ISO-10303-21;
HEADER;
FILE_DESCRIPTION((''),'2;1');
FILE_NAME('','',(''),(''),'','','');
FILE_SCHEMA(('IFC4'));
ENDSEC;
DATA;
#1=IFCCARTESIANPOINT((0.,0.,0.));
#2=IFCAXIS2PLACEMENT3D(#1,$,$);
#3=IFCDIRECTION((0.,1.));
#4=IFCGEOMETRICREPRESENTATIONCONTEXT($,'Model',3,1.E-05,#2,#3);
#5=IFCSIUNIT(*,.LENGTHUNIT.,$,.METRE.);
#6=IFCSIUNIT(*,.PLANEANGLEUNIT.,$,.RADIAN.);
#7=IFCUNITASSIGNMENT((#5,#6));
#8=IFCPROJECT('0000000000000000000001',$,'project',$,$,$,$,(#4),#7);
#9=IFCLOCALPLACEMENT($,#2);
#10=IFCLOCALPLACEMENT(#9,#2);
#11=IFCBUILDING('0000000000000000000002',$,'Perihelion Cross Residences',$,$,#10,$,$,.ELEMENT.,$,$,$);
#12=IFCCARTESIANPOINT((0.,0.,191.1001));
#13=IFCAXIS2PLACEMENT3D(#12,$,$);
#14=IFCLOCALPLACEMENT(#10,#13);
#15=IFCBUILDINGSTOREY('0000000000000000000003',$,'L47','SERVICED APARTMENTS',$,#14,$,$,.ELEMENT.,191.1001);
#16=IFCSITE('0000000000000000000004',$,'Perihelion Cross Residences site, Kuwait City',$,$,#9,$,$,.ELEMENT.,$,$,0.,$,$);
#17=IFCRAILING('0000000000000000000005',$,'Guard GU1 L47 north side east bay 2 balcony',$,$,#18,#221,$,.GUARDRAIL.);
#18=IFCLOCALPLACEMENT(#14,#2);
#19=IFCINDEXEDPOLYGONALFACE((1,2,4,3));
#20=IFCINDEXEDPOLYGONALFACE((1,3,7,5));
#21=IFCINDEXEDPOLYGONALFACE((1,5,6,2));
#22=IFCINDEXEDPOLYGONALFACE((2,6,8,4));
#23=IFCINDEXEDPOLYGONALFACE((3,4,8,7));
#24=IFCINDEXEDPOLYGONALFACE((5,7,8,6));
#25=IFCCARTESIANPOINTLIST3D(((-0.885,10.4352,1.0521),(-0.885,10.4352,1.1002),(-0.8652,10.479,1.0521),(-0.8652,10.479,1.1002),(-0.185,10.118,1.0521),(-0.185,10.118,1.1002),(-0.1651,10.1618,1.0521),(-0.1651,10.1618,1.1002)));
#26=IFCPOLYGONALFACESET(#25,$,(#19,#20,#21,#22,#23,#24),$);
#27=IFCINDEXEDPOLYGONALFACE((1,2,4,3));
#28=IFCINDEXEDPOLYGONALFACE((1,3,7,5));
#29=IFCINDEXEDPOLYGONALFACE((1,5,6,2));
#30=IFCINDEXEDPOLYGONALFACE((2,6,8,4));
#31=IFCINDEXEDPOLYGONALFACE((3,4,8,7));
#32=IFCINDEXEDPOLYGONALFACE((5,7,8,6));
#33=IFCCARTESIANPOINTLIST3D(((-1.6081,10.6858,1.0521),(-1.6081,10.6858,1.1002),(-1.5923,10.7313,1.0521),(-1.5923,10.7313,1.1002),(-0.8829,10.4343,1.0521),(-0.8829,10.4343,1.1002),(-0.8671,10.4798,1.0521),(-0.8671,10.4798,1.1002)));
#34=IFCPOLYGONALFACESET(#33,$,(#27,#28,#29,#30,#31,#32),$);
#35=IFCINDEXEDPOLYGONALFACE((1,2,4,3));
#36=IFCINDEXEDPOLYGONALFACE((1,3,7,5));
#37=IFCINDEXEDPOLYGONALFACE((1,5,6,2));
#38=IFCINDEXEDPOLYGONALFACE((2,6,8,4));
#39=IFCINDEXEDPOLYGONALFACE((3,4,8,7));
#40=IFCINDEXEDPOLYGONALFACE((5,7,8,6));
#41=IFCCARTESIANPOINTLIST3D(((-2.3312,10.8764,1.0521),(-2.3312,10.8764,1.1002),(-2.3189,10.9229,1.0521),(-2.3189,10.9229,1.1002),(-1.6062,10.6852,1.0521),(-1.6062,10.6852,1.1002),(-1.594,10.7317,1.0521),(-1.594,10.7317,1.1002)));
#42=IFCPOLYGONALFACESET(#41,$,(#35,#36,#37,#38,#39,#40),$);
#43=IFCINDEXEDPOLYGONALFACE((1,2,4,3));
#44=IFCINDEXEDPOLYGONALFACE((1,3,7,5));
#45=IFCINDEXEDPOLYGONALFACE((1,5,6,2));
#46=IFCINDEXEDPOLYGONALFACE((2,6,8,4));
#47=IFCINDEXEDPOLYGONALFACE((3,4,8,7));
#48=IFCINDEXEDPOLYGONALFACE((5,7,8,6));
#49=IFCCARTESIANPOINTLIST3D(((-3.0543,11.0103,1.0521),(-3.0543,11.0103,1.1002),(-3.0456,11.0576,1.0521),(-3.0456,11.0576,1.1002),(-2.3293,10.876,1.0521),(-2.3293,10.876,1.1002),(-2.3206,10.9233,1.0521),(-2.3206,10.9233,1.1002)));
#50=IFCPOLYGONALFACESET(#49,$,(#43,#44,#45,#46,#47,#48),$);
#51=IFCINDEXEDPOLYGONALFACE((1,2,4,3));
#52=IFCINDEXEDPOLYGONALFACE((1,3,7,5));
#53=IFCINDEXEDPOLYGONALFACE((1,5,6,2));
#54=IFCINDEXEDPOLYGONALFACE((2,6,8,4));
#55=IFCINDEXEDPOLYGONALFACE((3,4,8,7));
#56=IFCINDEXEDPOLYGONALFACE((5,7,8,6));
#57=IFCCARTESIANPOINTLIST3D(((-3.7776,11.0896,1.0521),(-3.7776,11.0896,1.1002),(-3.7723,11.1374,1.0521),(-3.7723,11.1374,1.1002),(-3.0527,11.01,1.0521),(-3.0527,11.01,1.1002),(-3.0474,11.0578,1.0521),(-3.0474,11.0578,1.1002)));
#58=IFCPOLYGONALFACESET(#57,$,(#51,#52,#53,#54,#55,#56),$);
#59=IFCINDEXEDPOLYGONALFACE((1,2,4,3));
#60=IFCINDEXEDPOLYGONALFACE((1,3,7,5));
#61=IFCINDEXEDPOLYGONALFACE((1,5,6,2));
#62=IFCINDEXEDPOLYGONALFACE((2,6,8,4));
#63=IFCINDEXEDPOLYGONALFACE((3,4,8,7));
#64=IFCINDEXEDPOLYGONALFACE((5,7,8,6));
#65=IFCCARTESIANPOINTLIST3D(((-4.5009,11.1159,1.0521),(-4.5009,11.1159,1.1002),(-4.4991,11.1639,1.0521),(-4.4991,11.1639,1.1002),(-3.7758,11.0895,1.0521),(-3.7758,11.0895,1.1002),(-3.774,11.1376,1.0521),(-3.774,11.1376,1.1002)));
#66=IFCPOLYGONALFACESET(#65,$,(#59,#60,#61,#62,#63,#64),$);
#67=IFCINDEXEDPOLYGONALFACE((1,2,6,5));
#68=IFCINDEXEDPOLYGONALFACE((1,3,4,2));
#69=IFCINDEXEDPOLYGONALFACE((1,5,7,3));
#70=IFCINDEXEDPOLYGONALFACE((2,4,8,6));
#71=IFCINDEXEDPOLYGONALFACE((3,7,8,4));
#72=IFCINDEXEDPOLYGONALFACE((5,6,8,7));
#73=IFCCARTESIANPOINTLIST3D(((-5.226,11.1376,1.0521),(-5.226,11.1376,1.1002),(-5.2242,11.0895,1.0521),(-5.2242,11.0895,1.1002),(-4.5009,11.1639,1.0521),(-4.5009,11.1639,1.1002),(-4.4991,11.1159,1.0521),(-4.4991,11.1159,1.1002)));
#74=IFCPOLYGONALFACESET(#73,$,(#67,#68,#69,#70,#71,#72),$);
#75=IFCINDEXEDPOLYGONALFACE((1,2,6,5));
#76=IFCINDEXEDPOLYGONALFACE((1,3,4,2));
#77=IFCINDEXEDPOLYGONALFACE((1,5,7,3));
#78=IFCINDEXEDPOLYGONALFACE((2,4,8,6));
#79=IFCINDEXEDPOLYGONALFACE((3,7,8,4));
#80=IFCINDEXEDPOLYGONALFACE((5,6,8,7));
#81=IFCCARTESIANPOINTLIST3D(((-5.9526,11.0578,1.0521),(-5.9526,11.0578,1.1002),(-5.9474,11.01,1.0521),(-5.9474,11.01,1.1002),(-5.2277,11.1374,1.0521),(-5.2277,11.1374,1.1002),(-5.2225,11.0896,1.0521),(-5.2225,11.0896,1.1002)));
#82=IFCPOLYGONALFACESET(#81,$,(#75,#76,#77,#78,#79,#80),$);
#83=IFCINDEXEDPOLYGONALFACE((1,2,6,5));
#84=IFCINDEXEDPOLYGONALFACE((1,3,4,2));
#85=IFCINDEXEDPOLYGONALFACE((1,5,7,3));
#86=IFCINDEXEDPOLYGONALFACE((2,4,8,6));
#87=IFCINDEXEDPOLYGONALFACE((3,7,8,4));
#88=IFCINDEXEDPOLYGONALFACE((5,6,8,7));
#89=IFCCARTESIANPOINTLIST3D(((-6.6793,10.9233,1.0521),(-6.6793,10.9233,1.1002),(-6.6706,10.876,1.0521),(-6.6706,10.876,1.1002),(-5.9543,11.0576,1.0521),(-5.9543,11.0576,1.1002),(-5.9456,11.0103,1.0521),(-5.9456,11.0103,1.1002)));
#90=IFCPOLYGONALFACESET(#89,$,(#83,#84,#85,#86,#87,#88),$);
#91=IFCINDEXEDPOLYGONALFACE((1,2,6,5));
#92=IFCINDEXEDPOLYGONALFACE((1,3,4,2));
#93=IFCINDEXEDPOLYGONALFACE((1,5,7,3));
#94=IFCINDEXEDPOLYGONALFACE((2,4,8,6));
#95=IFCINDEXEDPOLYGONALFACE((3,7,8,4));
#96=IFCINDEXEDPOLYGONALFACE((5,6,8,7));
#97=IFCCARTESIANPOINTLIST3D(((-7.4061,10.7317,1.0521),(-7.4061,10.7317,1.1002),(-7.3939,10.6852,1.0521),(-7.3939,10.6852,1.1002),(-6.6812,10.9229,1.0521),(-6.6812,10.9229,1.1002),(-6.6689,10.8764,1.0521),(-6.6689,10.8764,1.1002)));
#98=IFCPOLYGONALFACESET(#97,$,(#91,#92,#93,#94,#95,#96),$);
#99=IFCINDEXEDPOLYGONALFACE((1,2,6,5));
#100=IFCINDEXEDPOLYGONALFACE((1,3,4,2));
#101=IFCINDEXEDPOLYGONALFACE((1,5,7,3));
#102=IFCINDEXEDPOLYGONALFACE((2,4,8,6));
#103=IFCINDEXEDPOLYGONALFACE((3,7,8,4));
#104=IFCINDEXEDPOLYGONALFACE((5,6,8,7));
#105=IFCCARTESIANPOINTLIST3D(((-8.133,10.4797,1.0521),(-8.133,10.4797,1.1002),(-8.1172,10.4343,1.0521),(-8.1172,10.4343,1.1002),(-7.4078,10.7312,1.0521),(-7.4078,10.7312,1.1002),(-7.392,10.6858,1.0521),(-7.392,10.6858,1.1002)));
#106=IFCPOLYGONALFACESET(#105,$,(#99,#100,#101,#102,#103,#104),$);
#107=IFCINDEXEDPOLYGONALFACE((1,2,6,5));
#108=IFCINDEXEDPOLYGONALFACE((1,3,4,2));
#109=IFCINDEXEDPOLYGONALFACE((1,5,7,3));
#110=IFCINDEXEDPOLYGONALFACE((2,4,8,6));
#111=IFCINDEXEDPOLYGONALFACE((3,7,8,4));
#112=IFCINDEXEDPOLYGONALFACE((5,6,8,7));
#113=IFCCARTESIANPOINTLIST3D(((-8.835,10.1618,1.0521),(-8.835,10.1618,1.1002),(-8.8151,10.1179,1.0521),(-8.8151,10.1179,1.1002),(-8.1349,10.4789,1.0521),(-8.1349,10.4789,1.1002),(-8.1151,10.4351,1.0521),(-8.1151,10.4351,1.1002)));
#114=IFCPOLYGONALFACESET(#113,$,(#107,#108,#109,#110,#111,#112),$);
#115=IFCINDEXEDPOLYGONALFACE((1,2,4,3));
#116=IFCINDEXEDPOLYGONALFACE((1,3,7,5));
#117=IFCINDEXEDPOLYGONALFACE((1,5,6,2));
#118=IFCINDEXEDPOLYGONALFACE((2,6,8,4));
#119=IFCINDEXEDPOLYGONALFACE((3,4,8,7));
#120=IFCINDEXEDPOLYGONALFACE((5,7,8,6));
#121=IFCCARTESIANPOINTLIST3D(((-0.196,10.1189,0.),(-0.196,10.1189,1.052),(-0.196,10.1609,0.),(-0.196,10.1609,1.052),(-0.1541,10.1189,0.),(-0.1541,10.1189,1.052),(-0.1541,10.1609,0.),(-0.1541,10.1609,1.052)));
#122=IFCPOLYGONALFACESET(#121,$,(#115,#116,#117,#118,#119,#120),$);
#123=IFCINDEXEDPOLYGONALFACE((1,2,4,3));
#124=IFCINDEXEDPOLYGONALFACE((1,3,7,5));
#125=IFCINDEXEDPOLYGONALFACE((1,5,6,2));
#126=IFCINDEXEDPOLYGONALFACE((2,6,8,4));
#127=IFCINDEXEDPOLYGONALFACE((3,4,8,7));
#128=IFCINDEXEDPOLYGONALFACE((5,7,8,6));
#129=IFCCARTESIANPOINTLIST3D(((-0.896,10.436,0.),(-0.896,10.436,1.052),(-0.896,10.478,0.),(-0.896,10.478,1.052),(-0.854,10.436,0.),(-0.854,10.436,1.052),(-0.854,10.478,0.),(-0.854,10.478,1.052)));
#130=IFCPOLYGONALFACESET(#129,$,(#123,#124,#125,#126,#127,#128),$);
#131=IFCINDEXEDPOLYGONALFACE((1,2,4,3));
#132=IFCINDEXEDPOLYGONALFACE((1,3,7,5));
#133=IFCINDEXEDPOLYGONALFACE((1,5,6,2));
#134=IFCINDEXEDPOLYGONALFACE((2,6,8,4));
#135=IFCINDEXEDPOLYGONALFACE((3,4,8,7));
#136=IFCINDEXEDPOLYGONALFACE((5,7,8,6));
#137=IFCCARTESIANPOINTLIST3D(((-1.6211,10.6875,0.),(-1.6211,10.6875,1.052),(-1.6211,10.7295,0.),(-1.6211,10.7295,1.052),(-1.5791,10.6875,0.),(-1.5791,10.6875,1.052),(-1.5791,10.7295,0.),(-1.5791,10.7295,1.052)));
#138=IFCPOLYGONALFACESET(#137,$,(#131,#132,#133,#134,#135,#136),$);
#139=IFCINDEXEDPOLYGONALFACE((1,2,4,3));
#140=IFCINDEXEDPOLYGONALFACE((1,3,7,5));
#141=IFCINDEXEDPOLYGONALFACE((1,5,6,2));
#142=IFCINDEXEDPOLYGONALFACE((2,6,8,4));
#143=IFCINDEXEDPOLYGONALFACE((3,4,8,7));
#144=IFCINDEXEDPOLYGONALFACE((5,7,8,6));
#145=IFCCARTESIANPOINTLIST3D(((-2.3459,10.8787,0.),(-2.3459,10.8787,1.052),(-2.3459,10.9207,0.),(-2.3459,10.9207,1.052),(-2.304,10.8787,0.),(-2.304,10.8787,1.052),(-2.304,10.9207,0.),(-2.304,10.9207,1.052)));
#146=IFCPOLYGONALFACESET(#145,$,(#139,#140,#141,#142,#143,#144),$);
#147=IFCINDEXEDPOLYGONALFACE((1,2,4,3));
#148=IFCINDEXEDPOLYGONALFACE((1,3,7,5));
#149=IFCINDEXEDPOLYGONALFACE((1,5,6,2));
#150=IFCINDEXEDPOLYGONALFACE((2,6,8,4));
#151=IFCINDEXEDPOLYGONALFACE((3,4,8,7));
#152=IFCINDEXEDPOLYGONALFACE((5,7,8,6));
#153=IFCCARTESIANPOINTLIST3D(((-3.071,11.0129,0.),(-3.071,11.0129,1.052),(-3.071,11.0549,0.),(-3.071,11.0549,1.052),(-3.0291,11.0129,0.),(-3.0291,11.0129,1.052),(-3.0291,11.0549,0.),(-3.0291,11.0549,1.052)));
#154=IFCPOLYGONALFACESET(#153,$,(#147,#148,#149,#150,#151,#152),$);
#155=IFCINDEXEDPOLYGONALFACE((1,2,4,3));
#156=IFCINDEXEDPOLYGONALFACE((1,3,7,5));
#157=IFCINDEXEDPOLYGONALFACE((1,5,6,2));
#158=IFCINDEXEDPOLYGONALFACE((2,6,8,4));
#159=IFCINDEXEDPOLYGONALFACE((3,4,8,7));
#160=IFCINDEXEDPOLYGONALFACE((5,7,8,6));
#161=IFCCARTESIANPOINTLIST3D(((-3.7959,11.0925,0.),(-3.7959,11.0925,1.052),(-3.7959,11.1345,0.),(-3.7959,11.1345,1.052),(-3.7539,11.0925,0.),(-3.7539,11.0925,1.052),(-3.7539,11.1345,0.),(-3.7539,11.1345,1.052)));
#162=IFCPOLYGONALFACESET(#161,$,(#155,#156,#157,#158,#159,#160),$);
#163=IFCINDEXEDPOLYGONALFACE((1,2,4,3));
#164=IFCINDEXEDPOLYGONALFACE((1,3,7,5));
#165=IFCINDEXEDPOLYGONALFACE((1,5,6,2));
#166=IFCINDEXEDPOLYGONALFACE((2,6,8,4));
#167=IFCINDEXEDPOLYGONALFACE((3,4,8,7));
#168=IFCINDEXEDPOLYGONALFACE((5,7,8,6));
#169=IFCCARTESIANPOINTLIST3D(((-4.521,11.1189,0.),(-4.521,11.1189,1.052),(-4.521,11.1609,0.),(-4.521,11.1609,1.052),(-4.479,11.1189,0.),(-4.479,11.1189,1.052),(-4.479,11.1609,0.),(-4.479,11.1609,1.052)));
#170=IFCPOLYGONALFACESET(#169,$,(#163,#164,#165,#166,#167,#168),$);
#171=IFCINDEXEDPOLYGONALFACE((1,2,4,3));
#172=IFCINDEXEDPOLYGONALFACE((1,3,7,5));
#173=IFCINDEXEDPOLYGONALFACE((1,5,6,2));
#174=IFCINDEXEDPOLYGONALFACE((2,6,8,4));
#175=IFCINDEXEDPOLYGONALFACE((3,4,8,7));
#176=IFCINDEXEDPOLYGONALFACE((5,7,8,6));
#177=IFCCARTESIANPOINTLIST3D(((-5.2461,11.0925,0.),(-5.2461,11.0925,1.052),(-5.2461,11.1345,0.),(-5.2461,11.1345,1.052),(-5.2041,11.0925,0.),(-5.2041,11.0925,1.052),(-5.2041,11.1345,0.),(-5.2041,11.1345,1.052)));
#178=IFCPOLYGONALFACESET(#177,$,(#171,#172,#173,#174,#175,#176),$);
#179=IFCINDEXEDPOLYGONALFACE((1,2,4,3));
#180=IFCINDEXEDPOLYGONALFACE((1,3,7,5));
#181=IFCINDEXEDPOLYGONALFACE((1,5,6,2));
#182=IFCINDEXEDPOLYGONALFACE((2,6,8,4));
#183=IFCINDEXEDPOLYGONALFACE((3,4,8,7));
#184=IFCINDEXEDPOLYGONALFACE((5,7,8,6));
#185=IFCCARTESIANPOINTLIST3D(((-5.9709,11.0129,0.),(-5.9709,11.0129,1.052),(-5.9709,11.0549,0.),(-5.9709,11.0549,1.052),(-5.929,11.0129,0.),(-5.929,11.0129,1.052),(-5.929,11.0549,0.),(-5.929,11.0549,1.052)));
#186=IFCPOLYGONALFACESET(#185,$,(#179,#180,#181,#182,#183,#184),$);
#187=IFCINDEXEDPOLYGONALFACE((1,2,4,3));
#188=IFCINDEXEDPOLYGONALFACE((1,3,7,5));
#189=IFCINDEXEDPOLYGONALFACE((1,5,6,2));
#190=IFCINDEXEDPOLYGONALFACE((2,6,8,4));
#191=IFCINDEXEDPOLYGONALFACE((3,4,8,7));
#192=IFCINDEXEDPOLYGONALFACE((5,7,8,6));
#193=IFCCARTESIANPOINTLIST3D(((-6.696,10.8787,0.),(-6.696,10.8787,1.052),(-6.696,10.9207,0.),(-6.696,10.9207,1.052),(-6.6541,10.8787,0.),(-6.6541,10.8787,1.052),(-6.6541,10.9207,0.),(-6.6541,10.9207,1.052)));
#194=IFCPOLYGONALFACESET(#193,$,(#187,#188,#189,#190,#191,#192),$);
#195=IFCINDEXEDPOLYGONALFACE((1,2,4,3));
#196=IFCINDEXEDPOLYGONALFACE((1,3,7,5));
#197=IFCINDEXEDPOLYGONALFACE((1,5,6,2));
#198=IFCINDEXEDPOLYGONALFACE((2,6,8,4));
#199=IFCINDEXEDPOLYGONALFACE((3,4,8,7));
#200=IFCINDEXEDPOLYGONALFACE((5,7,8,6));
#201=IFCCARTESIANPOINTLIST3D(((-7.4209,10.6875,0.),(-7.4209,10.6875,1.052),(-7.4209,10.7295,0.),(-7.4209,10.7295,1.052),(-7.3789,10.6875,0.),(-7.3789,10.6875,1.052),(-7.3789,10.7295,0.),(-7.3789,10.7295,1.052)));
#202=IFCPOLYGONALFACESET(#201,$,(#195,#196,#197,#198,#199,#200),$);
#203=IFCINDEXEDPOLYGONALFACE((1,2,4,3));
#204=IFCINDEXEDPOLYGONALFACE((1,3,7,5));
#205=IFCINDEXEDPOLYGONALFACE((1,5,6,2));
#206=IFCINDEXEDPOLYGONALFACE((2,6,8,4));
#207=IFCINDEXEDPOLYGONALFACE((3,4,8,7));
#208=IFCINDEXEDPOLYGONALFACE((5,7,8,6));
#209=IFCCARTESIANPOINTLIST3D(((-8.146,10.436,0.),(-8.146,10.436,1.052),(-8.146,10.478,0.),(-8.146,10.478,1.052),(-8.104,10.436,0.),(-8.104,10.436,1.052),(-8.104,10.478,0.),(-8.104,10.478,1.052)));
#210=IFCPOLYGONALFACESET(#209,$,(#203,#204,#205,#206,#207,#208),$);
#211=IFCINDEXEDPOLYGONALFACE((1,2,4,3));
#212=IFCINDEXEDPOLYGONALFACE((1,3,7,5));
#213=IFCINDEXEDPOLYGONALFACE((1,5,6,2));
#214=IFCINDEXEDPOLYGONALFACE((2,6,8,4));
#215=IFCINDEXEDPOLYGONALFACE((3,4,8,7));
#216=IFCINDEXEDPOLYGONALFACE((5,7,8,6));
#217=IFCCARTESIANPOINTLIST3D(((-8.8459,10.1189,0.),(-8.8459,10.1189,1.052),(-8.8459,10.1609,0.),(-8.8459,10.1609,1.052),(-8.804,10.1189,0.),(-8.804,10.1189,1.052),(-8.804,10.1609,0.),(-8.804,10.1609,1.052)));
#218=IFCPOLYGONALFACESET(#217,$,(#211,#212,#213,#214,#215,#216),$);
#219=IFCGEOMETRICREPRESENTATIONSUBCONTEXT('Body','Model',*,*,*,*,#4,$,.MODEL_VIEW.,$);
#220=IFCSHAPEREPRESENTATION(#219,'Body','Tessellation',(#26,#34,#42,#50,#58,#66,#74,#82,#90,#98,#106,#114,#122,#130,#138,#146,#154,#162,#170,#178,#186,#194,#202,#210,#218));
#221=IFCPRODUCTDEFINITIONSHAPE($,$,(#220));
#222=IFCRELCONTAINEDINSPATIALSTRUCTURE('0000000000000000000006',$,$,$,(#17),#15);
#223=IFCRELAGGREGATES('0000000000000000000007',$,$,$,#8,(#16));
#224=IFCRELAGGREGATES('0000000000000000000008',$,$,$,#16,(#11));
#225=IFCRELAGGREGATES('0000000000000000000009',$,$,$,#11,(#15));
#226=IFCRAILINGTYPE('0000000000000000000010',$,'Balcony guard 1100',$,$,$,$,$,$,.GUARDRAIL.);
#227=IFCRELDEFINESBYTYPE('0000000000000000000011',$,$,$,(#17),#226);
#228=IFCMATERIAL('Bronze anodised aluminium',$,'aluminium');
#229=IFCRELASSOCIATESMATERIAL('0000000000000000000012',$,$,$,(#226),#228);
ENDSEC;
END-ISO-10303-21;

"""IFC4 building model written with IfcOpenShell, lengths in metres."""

from ifc_helpers import new_model, si_unit, direction, frame, origin, origin_2d, place, context, subcontext, project, spatial, rectangle, extrude, material, type_object, element, save


model = new_model("IFC4")

# Units and contexts
model_context = context("Model", 3, precision=1e-05, world=origin(), true_north=direction((0.0, 1.0)))
body_context = subcontext(model_context, "Body", "Model", "MODEL_VIEW")
ifc_project = project(units=[si_unit("LENGTHUNIT", "METRE"), si_unit("PLANEANGLEUNIT", "RADIAN")], contexts=[model_context])

# Site, building, storey
site_placement = place(None, origin())
site = spatial("IfcSite", under=ifc_project, at=site_placement, Name="Perihelion Cross Residences site, Kuwait City", CompositionType="ELEMENT", RefElevation=0.0)
building_placement = place(site_placement, origin())
building = spatial("IfcBuilding", under=site, at=building_placement, Name="Perihelion Cross Residences", CompositionType="ELEMENT")
storey_placement = place(building_placement, frame((0.0, 0.0, 191.1001)))
storey = spatial("IfcBuildingStorey", under=building, at=storey_placement, Name="L47", Description="SERVICED APARTMENTS", CompositionType="ELEMENT", Elevation=191.1001)

# Railing
ifc_material_1 = material(Name="Bronze anodised aluminium", Category="aluminium")
railing_type = type_object("IfcRailingType", Name="Balcony guard 1100", PredefinedType="GUARDRAIL", material=ifc_material_1)
railing_1_placement = place(storey_placement, frame((-0.175, 10.1399, 0.0)))
element("IfcRailing", 1, at=railing_1_placement, inside=storey, type_object=railing_type, Name="Guard GU1 L47 north side east bay 2 balcony", PredefinedType="GUARDRAIL", context=body_context, shape_type="SweptSolid", body=[
    extrude(rectangle(XDim=0.0481, YDim=0.0481, at=origin_2d()), frame((0.0, 0.0, 1.0762), z_axis=(-0.910866, 0.412702, 0.0), x_axis=(-0.412702, -0.910866, 0.0)), (0.0, 0.0, 1.0), 0.7686),
    extrude(rectangle(XDim=0.0481, YDim=0.0481, at=origin_2d()), frame((-0.7, 0.3171, 1.0762), z_axis=(-0.944797, 0.327657, 0.0), x_axis=(-0.327657, -0.944797, 0.0)), (0.0, 0.0, 1.0), 0.7676),
    extrude(rectangle(XDim=0.0481, YDim=0.0481, at=origin_2d()), frame((-1.425, 0.5686, 1.0762), z_axis=(-0.966939, 0.255006, 0.0), x_axis=(-0.255006, -0.966939, 0.0)), (0.0, 0.0, 1.0), 0.7498),
    extrude(rectangle(XDim=0.0481, YDim=0.0481, at=origin_2d()), frame((-2.1499, 0.7598, 1.0762), z_axis=(-0.983282, 0.182089, 0.0), x_axis=(-0.182089, -0.983282, 0.0)), (0.0, 0.0, 1.0), 0.7373),
    extrude(rectangle(XDim=0.0481, YDim=0.0481, at=origin_2d()), frame((-2.875, 0.894, 1.0762), z_axis=(-0.994026, 0.109145, 0.0), x_axis=(-0.109145, -0.994026, 0.0)), (0.0, 0.0, 1.0), 0.7292),
    extrude(rectangle(XDim=0.0481, YDim=0.0481, at=origin_2d()), frame((-3.5999, 0.9736, 1.0762), z_axis=(-0.999339, 0.03634, 0.0), x_axis=(-0.03634, -0.999339, 0.0)), (0.0, 0.0, 1.0), 0.7256),
    extrude(rectangle(XDim=0.0481, YDim=0.0481, at=origin_2d()), frame((-4.325, 1.0, 1.0762), z_axis=(-0.999339, -0.03634, 0.0), x_axis=(0.03634, -0.999339, 0.0)), (0.0, 0.0, 1.0), 0.7256),
    extrude(rectangle(XDim=0.0481, YDim=0.0481, at=origin_2d()), frame((-5.05, 0.9736, 1.0762), z_axis=(-0.994026, -0.109145, 0.0), x_axis=(0.109145, -0.994026, 0.0)), (0.0, 0.0, 1.0), 0.7292),
    extrude(rectangle(XDim=0.0481, YDim=0.0481, at=origin_2d()), frame((-5.7749, 0.894, 1.0762), z_axis=(-0.983282, -0.182089, 0.0), x_axis=(0.182089, -0.983282, 0.0)), (0.0, 0.0, 1.0), 0.7373),
    extrude(rectangle(XDim=0.0481, YDim=0.0481, at=origin_2d()), frame((-6.5, 0.7598, 1.0762), z_axis=(-0.966939, -0.255006, 0.0), x_axis=(0.255006, -0.966939, 0.0)), (0.0, 0.0, 1.0), 0.7498),
    extrude(rectangle(XDim=0.0481, YDim=0.0481, at=origin_2d()), frame((-7.2249, 0.5686, 1.0762), z_axis=(-0.944797, -0.327657, 0.0), x_axis=(0.327657, -0.944797, 0.0)), (0.0, 0.0, 1.0), 0.7676),
    extrude(rectangle(XDim=0.0481, YDim=0.0481, at=origin_2d()), frame((-7.95, 0.3171, 1.0762), z_axis=(-0.910866, -0.412702, 0.0), x_axis=(0.412702, -0.910866, 0.0)), (0.0, 0.0, 1.0), 0.7686),
    extrude(rectangle(XDim=0.042, YDim=0.042, at=origin_2d()), origin(), (0.0, 0.0, 1.0), 1.052),
    extrude(rectangle(XDim=0.042, YDim=0.042, at=origin_2d()), frame((-0.7, 0.3171, 0.0)), (0.0, 0.0, 1.0), 1.052),
    extrude(rectangle(XDim=0.042, YDim=0.042, at=origin_2d()), frame((-1.425, 0.5686, 0.0)), (0.0, 0.0, 1.0), 1.052),
    extrude(rectangle(XDim=0.042, YDim=0.042, at=origin_2d()), frame((-2.1499, 0.7598, 0.0)), (0.0, 0.0, 1.0), 1.052),
    extrude(rectangle(XDim=0.042, YDim=0.042, at=origin_2d()), frame((-2.875, 0.894, 0.0)), (0.0, 0.0, 1.0), 1.052),
    extrude(rectangle(XDim=0.042, YDim=0.042, at=origin_2d()), frame((-3.5999, 0.9736, 0.0)), (0.0, 0.0, 1.0), 1.052),
    extrude(rectangle(XDim=0.042, YDim=0.042, at=origin_2d()), frame((-4.325, 1.0, 0.0)), (0.0, 0.0, 1.0), 1.052),
    extrude(rectangle(XDim=0.042, YDim=0.042, at=origin_2d()), frame((-5.05, 0.9736, 0.0)), (0.0, 0.0, 1.0), 1.052),
    extrude(rectangle(XDim=0.042, YDim=0.042, at=origin_2d()), frame((-5.7749, 0.894, 0.0)), (0.0, 0.0, 1.0), 1.052),
    extrude(rectangle(XDim=0.042, YDim=0.042, at=origin_2d()), frame((-6.5, 0.7598, 0.0)), (0.0, 0.0, 1.0), 1.052),
    extrude(rectangle(XDim=0.042, YDim=0.042, at=origin_2d()), frame((-7.2249, 0.5686, 0.0)), (0.0, 0.0, 1.0), 1.052),
    extrude(rectangle(XDim=0.042, YDim=0.042, at=origin_2d()), frame((-7.95, 0.3171, 0.0)), (0.0, 0.0, 1.0), 1.052),
    extrude(rectangle(XDim=0.042, YDim=0.042, at=origin_2d()), frame((-8.6499, 0.0, 0.0)), (0.0, 0.0, 1.0), 1.052),
])

save(model, "model.ifc")
